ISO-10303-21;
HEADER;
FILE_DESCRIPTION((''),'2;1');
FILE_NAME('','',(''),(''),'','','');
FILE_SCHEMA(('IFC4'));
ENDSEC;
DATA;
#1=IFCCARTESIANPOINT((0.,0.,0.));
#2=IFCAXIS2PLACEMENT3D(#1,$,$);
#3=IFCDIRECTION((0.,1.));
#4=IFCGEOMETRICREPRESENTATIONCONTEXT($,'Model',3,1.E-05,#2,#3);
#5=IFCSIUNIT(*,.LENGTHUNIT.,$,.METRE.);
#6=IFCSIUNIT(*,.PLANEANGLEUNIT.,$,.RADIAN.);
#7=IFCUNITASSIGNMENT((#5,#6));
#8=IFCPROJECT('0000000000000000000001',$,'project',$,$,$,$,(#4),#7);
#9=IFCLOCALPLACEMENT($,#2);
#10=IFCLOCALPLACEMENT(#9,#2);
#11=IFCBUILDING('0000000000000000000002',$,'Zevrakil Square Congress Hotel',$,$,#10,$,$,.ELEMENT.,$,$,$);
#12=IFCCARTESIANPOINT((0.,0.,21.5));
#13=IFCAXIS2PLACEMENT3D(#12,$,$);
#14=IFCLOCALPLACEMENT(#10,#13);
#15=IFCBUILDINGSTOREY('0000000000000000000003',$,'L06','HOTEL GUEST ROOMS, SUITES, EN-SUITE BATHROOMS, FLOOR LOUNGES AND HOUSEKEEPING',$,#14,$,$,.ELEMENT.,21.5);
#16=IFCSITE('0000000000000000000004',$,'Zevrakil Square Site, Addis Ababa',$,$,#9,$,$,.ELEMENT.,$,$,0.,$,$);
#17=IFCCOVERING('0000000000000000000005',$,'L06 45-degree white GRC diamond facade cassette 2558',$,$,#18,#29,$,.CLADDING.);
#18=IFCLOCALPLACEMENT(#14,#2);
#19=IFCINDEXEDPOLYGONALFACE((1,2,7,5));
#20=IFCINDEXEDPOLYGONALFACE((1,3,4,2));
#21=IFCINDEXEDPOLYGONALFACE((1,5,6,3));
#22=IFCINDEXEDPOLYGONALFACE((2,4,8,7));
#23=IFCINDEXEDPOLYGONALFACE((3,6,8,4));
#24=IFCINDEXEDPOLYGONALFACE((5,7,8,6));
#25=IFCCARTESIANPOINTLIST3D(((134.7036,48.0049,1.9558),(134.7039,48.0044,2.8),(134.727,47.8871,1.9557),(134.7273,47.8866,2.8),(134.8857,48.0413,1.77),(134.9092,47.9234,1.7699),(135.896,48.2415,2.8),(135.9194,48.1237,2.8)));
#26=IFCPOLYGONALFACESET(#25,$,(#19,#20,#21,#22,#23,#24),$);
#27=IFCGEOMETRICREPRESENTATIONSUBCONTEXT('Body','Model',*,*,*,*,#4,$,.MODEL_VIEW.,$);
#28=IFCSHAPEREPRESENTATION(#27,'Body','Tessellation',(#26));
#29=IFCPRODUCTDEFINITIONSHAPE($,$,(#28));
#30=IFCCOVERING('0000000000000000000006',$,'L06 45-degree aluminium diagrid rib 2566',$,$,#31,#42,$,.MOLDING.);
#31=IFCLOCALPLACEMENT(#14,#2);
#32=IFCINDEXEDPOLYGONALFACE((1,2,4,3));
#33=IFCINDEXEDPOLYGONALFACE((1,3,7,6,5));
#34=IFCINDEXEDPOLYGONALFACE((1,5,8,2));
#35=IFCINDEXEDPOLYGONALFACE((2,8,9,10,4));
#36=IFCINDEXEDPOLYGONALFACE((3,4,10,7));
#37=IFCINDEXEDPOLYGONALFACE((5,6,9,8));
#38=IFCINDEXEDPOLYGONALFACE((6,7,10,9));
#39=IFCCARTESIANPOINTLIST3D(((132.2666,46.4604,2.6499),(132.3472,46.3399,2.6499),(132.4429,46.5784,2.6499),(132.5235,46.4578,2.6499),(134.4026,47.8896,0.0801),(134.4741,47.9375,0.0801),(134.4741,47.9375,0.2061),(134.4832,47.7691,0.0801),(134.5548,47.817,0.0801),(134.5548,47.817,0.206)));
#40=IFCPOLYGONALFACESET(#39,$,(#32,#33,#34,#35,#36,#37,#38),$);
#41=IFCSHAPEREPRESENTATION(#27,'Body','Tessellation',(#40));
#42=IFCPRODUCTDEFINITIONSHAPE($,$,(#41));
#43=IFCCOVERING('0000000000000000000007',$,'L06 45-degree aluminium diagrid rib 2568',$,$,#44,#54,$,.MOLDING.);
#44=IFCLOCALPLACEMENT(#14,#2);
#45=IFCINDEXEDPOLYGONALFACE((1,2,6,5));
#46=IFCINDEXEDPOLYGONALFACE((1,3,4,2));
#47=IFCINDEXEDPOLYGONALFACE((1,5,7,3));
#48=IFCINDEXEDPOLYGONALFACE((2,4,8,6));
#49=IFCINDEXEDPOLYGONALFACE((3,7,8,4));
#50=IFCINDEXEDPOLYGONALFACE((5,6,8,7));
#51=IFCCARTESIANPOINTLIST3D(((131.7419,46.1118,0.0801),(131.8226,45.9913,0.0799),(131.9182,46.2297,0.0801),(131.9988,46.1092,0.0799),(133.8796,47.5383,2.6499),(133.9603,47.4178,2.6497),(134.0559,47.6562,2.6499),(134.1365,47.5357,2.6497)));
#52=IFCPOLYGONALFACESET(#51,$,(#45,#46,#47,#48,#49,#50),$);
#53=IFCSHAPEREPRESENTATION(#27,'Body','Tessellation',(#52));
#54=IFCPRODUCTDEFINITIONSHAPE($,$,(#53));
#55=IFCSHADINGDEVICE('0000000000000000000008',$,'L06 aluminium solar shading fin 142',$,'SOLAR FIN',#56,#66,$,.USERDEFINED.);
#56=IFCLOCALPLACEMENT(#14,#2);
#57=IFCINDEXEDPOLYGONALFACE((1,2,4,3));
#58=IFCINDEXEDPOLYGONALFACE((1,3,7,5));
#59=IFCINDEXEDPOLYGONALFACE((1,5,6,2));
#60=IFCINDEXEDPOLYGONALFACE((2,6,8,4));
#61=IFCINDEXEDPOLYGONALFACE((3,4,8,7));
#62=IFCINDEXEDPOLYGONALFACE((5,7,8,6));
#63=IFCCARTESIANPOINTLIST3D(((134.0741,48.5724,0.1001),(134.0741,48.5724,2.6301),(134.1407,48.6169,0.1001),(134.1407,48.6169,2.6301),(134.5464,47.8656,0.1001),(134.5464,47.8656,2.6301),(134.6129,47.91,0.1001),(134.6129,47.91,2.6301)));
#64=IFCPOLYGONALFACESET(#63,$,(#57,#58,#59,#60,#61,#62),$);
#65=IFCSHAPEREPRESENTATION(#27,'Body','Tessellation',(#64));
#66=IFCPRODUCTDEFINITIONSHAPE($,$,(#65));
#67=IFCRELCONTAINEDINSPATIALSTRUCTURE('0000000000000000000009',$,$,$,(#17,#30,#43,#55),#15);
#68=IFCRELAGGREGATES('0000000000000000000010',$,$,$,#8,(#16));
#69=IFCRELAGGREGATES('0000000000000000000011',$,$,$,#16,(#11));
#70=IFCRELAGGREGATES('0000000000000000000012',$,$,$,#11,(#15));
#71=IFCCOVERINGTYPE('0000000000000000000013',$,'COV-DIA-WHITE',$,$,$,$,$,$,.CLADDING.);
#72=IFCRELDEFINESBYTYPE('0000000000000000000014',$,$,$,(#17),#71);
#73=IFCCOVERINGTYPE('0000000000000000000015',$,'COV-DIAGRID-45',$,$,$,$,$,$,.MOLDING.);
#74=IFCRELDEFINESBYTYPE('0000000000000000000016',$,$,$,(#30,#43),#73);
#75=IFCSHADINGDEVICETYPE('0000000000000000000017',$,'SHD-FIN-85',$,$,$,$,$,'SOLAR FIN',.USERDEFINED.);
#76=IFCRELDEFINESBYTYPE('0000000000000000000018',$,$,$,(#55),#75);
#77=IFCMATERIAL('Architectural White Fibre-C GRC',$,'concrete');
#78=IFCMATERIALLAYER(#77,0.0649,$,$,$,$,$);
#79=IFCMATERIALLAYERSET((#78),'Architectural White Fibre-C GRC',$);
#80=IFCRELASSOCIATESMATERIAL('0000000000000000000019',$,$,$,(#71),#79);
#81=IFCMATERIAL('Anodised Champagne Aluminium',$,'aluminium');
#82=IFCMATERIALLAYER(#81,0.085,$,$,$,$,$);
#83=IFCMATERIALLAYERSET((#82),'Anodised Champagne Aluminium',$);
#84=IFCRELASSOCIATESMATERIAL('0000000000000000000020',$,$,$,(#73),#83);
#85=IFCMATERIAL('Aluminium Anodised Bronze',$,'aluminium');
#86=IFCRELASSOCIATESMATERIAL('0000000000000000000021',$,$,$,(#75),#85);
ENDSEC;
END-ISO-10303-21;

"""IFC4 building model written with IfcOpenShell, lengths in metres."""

from ifc_helpers import new_model, si_unit, direction, frame, origin, origin_2d, place, context, subcontext, project, spatial, polyline, rectangle, outline, extrude, material, layer, layer_set, type_object, element, save


model = new_model("IFC4")

# Units and contexts
model_context = context("Model", 3, precision=1e-05, world=origin(), true_north=direction((0.0, 1.0)))
body_context = subcontext(model_context, "Body", "Model", "MODEL_VIEW")
ifc_project = project(units=[si_unit("LENGTHUNIT", "METRE"), si_unit("PLANEANGLEUNIT", "RADIAN")], contexts=[model_context])

# Site, building, storey
site_placement = place(None, origin())
site = spatial("IfcSite", under=ifc_project, at=site_placement, Name="Zevrakil Square Site, Addis Ababa", CompositionType="ELEMENT", RefElevation=0.0)
building_placement = place(site_placement, origin())
building = spatial("IfcBuilding", under=site, at=building_placement, Name="Zevrakil Square Congress Hotel", CompositionType="ELEMENT")
storey_placement = place(building_placement, frame((0.0, 0.0, 21.5)))
storey = spatial("IfcBuildingStorey", under=building, at=storey_placement, Name="L06", Description="HOTEL GUEST ROOMS, SUITES, EN-SUITE BATHROOMS, FLOOR LOUNGES AND HOUSEKEEPING", CompositionType="ELEMENT", Elevation=21.5)

# Coverings
ifc_material_1 = material(Name="Architectural White Fibre-C GRC", Category="concrete")
ifc_layer_1 = layer(ifc_material_1, 0.0649)
ifc_layer_set_1 = layer_set([ifc_layer_1], Name="Architectural White Fibre-C GRC")
covering_type_1 = type_object("IfcCoveringType", Name="COV-DIA-WHITE", PredefinedType="CLADDING", material=ifc_layer_set_1)
covering_1_placement = place(storey_placement, frame((134.8857, 48.0413, 1.77), z_axis=(-0.195059, 0.980791, 0.000659), x_axis=(0.693571, 0.137461, 0.707152)))
element("IfcCovering", 1, at=covering_1_placement, inside=storey, type_object=covering_type_1, Name="L06 45-degree white GRC diamond facade cassette 2558", PredefinedType="CLADDING", context=body_context, shape_type="SweptSolid", body=[
    extrude(outline(polyline([(0.0, 0.0), (1.4566, 0.0), (0.5972, -0.8595), (0.0001, -0.2627), (0.0, 0.0)])), origin(), (0.0, 0.0, -1.0), 0.1201),
])
ifc_material_2 = material(Name="Anodised Champagne Aluminium", Category="aluminium")
ifc_layer_2 = layer(ifc_material_2, 0.085)
ifc_layer_set_2 = layer_set([ifc_layer_2], Name="Anodised Champagne Aluminium")
covering_type_2 = type_object("IfcCoveringType", Name="COV-DIAGRID-45", PredefinedType="MOLDING", material=ifc_layer_set_2)
covering_2_placement = place(storey_placement, frame((134.4026, 47.8896, 0.0801), z_axis=(-0.556046, 0.831151, 0.000068), x_axis=(0.831151, 0.556046, 0.0)))
element("IfcCovering", 2, at=covering_2_placement, inside=storey, type_object=covering_type_2, Name="L06 45-degree aluminium diagrid rib 2566", PredefinedType="MOLDING", context=body_context, shape_type="SweptSolid", body=[
    extrude(outline(polyline([(0.0, 0.0), (0.0861, 0.0), (0.0861, -0.126), (-2.358, -2.5698), (-2.57, -2.5698), (0.0, 0.0)])), origin(), (0.0, 0.0, -1.0), 0.145),
])
covering_3_placement = place(storey_placement, frame((134.0559, 47.6562, 2.6499), z_axis=(-0.556027, 0.831163, 0.001149), x_axis=(-0.831164, -0.556028, 0.0)))
element("IfcCovering", 3, at=covering_3_placement, inside=storey, type_object=covering_type_2, Name="L06 45-degree aluminium diagrid rib 2568", PredefinedType="MOLDING", context=body_context, shape_type="SweptSolid", body=[
    extrude(outline(polyline([(0.0, 0.0), (0.2121, 0.0), (2.782, -2.5698), (2.57, -2.5698), (0.0, 0.0)])), origin(), (0.0, 0.0, -1.0), 0.145),
])

# Shading device
ifc_material_3 = material(Name="Aluminium Anodised Bronze", Category="aluminium")
shading_device_type = type_object("IfcShadingDeviceType", Name="SHD-FIN-85", ElementType="SOLAR FIN", PredefinedType="USERDEFINED", material=ifc_material_3)
shading_device_placement = place(storey_placement, frame((134.3435, 48.2412, 0.1001), z_axis=(0.0, 0.0, 1.0), x_axis=(-0.55557, 0.83147, 0.0)))
element("IfcShadingDevice", 4, at=shading_device_placement, inside=storey, type_object=shading_device_type, Name="L06 aluminium solar shading fin 142", ObjectType="SOLAR FIN", PredefinedType="USERDEFINED", context=body_context, shape_type="SweptSolid", body=[
    extrude(rectangle(XDim=0.8501, YDim=0.0801, at=origin_2d()), origin(), (0.0, 0.0, 1.0), 2.53),
])

save(model, "model.ifc")
